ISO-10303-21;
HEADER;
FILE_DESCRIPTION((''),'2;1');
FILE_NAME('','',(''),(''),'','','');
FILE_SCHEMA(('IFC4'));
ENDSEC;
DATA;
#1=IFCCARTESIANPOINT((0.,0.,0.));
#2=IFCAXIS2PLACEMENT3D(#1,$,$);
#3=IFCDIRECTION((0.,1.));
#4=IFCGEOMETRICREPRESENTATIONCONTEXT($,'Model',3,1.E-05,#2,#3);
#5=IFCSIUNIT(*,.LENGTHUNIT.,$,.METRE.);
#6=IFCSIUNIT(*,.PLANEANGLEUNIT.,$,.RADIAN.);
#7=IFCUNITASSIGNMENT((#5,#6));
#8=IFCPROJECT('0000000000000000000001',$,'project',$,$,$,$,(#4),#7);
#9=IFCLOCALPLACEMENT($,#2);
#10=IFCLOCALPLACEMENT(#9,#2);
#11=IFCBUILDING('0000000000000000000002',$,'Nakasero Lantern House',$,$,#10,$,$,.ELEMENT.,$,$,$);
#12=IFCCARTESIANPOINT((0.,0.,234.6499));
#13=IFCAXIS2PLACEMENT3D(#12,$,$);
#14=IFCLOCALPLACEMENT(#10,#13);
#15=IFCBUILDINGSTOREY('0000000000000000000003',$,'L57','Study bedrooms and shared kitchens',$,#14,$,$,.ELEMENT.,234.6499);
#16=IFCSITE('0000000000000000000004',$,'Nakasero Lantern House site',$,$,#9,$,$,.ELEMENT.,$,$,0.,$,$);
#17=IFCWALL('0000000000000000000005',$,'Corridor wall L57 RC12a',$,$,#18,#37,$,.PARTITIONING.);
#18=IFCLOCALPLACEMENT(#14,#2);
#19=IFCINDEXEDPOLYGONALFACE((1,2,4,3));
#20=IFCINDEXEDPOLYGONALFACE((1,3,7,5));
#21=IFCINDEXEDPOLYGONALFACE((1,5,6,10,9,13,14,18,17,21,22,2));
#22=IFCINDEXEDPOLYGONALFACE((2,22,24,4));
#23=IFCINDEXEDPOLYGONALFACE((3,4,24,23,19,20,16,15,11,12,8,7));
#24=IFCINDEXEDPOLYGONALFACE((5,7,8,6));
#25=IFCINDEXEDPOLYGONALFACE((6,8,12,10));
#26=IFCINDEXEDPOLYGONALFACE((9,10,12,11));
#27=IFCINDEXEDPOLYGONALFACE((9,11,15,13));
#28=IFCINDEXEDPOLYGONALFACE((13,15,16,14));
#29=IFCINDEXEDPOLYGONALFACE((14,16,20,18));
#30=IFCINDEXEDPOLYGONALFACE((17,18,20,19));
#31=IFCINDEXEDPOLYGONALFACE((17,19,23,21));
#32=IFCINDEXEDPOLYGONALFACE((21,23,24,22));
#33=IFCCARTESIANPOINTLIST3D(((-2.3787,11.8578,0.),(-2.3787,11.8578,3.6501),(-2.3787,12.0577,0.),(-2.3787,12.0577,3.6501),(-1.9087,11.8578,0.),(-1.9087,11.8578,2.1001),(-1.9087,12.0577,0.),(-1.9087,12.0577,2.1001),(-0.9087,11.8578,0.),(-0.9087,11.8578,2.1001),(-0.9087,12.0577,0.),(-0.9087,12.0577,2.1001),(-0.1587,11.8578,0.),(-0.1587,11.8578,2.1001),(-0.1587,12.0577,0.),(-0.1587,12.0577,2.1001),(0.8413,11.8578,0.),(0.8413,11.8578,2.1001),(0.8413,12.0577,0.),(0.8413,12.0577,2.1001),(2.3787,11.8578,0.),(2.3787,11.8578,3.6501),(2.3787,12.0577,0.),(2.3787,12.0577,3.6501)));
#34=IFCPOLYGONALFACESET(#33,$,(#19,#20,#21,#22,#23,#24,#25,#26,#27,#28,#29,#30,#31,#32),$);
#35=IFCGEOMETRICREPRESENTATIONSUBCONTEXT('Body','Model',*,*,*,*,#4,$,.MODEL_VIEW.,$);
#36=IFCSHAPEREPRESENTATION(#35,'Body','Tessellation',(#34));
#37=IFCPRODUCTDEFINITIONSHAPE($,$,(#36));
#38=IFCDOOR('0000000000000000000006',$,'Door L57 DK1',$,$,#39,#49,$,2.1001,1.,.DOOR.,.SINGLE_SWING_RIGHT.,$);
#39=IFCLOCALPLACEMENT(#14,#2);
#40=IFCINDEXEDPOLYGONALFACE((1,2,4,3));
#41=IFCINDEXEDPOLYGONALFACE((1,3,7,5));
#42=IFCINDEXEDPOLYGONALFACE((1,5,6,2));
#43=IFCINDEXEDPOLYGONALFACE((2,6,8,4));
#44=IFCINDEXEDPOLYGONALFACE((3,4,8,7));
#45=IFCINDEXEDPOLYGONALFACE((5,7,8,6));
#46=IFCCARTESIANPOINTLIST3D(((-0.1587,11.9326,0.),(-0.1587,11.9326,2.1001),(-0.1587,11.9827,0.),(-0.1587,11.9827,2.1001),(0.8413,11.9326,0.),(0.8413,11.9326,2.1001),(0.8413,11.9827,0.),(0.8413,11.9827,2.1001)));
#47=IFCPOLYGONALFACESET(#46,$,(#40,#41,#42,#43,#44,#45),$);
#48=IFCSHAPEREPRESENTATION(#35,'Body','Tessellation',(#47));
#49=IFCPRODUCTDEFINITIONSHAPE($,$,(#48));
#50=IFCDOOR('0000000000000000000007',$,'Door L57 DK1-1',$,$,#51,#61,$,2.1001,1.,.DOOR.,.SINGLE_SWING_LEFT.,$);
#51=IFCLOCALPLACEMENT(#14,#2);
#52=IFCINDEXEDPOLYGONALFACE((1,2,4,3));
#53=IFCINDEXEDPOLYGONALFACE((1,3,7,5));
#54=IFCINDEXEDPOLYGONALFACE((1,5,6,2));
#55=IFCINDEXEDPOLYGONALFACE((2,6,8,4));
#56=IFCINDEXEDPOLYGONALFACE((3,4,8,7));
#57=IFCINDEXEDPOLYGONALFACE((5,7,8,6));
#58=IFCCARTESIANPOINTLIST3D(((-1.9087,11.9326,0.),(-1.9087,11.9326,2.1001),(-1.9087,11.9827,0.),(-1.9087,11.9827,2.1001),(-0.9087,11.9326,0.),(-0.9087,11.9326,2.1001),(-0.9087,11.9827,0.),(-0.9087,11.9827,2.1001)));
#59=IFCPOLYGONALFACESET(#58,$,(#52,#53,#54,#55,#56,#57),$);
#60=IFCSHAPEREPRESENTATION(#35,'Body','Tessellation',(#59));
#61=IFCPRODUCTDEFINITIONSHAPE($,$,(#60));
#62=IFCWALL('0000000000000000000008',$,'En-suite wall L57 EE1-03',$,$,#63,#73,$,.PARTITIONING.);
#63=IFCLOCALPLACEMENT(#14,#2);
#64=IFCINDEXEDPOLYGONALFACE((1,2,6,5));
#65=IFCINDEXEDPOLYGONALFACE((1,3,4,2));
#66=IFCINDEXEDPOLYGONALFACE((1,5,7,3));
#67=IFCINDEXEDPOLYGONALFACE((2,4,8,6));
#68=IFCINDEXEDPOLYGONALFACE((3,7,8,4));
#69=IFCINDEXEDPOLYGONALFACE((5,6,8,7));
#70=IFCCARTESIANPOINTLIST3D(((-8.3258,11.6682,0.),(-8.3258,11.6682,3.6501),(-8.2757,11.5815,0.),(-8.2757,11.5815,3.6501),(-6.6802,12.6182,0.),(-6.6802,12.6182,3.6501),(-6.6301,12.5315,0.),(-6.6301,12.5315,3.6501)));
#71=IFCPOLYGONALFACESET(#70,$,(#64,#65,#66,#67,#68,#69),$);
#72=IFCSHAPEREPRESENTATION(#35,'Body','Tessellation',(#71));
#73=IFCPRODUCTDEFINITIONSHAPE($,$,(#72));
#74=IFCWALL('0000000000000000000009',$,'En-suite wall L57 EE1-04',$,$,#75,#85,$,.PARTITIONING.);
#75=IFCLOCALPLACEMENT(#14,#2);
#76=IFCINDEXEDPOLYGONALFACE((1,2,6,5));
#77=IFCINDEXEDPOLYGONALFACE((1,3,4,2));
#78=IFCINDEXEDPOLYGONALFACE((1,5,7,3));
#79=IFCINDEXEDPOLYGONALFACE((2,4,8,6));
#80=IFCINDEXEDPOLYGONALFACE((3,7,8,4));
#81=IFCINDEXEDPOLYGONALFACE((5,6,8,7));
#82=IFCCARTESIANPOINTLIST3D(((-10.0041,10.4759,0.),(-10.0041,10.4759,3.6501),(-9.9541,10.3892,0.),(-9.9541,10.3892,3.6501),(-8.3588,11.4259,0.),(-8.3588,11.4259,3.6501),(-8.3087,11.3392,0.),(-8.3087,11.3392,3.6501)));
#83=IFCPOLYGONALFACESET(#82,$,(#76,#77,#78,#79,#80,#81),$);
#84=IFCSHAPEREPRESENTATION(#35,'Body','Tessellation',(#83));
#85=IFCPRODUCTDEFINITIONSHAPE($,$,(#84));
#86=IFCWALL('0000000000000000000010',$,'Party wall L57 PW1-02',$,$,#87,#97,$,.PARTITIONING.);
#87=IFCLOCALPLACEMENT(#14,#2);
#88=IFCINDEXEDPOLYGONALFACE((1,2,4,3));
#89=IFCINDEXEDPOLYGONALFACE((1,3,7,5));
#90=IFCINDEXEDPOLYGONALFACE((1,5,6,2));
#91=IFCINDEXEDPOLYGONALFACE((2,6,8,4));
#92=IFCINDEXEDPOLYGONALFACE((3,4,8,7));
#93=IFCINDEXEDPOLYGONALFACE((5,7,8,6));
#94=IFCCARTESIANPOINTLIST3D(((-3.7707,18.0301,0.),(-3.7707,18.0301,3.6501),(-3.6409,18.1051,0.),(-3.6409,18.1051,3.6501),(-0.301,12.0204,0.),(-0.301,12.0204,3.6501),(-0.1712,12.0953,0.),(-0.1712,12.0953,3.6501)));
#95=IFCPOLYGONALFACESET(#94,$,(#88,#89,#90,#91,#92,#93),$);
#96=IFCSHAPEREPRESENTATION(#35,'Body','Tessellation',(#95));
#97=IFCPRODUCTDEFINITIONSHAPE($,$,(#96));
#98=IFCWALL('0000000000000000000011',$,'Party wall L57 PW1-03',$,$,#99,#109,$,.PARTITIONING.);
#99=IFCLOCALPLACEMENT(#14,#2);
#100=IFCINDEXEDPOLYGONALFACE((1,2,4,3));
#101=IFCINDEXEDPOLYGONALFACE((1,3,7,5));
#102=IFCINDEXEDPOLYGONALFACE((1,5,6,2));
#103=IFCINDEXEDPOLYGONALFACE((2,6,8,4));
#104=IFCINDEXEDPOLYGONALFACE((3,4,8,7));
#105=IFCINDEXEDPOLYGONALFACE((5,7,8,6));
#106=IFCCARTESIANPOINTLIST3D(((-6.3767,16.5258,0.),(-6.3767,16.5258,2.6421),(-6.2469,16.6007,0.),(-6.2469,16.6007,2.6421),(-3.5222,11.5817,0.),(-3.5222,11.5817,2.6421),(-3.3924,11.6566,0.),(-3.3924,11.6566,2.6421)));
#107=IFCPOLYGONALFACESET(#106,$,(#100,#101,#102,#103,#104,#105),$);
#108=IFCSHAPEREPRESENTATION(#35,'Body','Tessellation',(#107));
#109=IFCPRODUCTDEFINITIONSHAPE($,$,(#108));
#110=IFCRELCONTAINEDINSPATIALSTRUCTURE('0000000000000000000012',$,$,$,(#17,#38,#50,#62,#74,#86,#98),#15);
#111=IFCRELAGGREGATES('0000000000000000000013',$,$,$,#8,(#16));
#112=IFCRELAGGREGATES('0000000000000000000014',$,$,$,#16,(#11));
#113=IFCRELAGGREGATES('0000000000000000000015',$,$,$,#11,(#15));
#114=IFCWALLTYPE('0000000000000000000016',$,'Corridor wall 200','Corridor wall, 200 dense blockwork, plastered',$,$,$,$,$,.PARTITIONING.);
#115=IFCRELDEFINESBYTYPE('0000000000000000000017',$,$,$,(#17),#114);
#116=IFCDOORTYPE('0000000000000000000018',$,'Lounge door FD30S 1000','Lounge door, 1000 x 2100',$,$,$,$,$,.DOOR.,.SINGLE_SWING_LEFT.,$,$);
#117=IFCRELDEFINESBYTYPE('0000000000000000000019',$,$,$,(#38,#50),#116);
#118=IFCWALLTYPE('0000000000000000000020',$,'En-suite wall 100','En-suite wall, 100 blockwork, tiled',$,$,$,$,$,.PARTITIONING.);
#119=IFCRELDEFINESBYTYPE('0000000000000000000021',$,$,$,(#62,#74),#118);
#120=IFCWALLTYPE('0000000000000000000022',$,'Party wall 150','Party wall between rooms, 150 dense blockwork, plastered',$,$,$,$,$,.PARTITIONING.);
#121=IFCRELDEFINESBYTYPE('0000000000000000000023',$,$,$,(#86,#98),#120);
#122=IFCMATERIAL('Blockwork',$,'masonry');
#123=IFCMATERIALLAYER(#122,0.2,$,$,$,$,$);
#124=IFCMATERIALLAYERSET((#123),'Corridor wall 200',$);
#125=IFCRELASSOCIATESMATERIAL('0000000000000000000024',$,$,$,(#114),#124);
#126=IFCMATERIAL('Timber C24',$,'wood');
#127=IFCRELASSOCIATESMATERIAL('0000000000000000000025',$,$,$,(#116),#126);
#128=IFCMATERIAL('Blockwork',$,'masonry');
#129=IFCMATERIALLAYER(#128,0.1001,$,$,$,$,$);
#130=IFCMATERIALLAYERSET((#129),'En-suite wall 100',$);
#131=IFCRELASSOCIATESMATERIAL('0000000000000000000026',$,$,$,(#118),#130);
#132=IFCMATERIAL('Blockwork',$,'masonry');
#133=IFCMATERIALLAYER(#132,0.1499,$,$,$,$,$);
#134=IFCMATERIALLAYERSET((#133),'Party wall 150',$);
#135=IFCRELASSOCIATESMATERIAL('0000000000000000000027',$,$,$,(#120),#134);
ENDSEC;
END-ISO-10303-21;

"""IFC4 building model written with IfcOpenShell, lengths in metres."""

from ifc_helpers import new_model, si_unit, direction, frame, frame_2d, origin, place, context, subcontext, project, spatial, rectangle, extrude, material, layer, layer_set, type_object, element, fill, save


model = new_model("IFC4")

# Units and contexts
model_context = context("Model", 3, precision=1e-05, world=origin(), true_north=direction((0.0, 1.0)))
body_context = subcontext(model_context, "Body", "Model", "MODEL_VIEW")
ifc_project = project(units=[si_unit("LENGTHUNIT", "METRE"), si_unit("PLANEANGLEUNIT", "RADIAN")], contexts=[model_context])

# Site, building, storey
site_placement = place(None, origin())
site = spatial("IfcSite", under=ifc_project, at=site_placement, Name="Nakasero Lantern House site", CompositionType="ELEMENT", RefElevation=0.0)
building_placement = place(site_placement, origin())
building = spatial("IfcBuilding", under=site, at=building_placement, Name="Nakasero Lantern House", CompositionType="ELEMENT")
storey_placement = place(building_placement, frame((0.0, 0.0, 234.6499)))
storey = spatial("IfcBuildingStorey", under=building, at=storey_placement, Name="L57", Description="Study bedrooms and shared kitchens", CompositionType="ELEMENT", Elevation=234.6499)

# Wall, openings, doors
ifc_material_1 = material(Name="Blockwork", Category="masonry")
ifc_layer_1 = layer(ifc_material_1, 0.2)
ifc_layer_set_1 = layer_set([ifc_layer_1], Name="Corridor wall 200")
wall_type_1 = type_object("IfcWallType", Name="Corridor wall 200", Description="Corridor wall, 200 dense blockwork, plastered", PredefinedType="PARTITIONING", material=ifc_layer_set_1)
wall_1_placement = place(storey_placement, frame((-2.3787, 11.9578, 0.0), z_axis=(0.0, 0.0, 1.0), x_axis=(1.0, 0.0, 0.0)))
wall_1 = element("IfcWall", 1, at=wall_1_placement, inside=storey, type_object=wall_type_1, Name="Corridor wall L57 RC12a", PredefinedType="PARTITIONING", context=body_context, shape_type="SweptSolid", body=[
    extrude(rectangle(XDim=4.7573, YDim=0.2, at=frame_2d((2.3787, 0.0))), origin(), (0.0, 0.0, 1.0), 3.6501),
])
opening_1_placement = place(wall_1_placement, frame((2.22, 0.0, 0.0)))
opening_1 = element("IfcOpeningElement", 2, at=opening_1_placement, cuts=wall_1, PredefinedType="OPENING", context=body_context, shape_type="SweptSolid", body=[
    extrude(rectangle(XDim=1.0, YDim=2.1001, at=frame_2d((0.5, 1.05))), frame((0.0, 0.1199, 0.0), z_axis=(0.0, -1.0, 0.0), x_axis=(1.0, 0.0, 0.0)), (0.0, 0.0, 1.0), 0.24),
])
opening_2_placement = place(wall_1_placement, frame((0.47, 0.0, 0.0)))
opening_2 = element("IfcOpeningElement", 3, at=opening_2_placement, cuts=wall_1, PredefinedType="OPENING", context=body_context, shape_type="SweptSolid", body=[
    extrude(rectangle(XDim=1.0, YDim=2.1001, at=frame_2d((0.5, 1.05))), frame((0.0, 0.1199, 0.0), z_axis=(0.0, -1.0, 0.0), x_axis=(1.0, 0.0, 0.0)), (0.0, 0.0, 1.0), 0.24),
])
ifc_material_2 = material(Name="Timber C24", Category="wood")
door_type = type_object("IfcDoorType", Name="Lounge door FD30S 1000", Description="Lounge door, 1000 x 2100", OperationType="SINGLE_SWING_LEFT", PredefinedType="DOOR", material=ifc_material_2)
door_1_placement = place(opening_1_placement, origin())
door_1 = element("IfcDoor", 4, at=door_1_placement, inside=storey, type_object=door_type, Name="Door L57 DK1", OperationType="SINGLE_SWING_RIGHT", OverallHeight=2.1001, OverallWidth=1.0, PredefinedType="DOOR", context=body_context, shape_type="SweptSolid", body=[
    extrude(rectangle(XDim=1.0, YDim=2.1001, at=frame_2d((0.5, 1.05))), frame((0.0, 0.0249, 0.0), z_axis=(0.0, -1.0, 0.0), x_axis=(1.0, 0.0, 0.0)), (0.0, 0.0, 1.0), 0.05),
])
fill(opening_1, door_1)
door_2_placement = place(opening_2_placement, origin())
door_2 = element("IfcDoor", 5, at=door_2_placement, inside=storey, type_object=door_type, Name="Door L57 DK1-1", OperationType="SINGLE_SWING_LEFT", OverallHeight=2.1001, OverallWidth=1.0, PredefinedType="DOOR", context=body_context, shape_type="SweptSolid", body=[
    extrude(rectangle(XDim=1.0, YDim=2.1001, at=frame_2d((0.5, 1.05))), frame((0.0, 0.0249, 0.0), z_axis=(0.0, -1.0, 0.0), x_axis=(1.0, 0.0, 0.0)), (0.0, 0.0, 1.0), 0.05),
])
fill(opening_2, door_2)

# Walls
ifc_material_3 = material(Name="Blockwork", Category="masonry")
ifc_layer_2 = layer(ifc_material_3, 0.1001)
ifc_layer_set_2 = layer_set([ifc_layer_2], Name="En-suite wall 100")
wall_type_2 = type_object("IfcWallType", Name="En-suite wall 100", Description="En-suite wall, 100 blockwork, tiled", PredefinedType="PARTITIONING", material=ifc_layer_set_2)
wall_2_placement = place(storey_placement, frame((-6.655, 12.575, 0.0), z_axis=(0.0, 0.0, 1.0), x_axis=(-0.866044, -0.499967, 0.0)))
element("IfcWall", 6, at=wall_2_placement, inside=storey, type_object=wall_type_2, Name="En-suite wall L57 EE1-03", PredefinedType="PARTITIONING", context=body_context, shape_type="SweptSolid", body=[
    extrude(rectangle(XDim=1.9001, YDim=0.1001, at=frame_2d((0.9502, 0.0))), origin(), (0.0, 0.0, 1.0), 3.6501),
])
wall_3_placement = place(storey_placement, frame((-8.3337, 11.3826, 0.0), z_axis=(0.0, 0.0, 1.0), x_axis=(-0.866012, -0.500023, 0.0)))
element("IfcWall", 7, at=wall_3_placement, inside=storey, type_object=wall_type_2, Name="En-suite wall L57 EE1-04", PredefinedType="PARTITIONING", context=body_context, shape_type="SweptSolid", body=[
    extrude(rectangle(XDim=1.8999, YDim=0.1001, at=frame_2d((0.95, 0.0))), origin(), (0.0, 0.0, 1.0), 3.6501),
])
ifc_material_4 = material(Name="Blockwork", Category="masonry")
ifc_layer_3 = layer(ifc_material_4, 0.1499)
ifc_layer_set_3 = layer_set([ifc_layer_3], Name="Party wall 150")
wall_type_3 = type_object("IfcWallType", Name="Party wall 150", Description="Party wall between rooms, 150 dense blockwork, plastered", PredefinedType="PARTITIONING", material=ifc_layer_set_3)
wall_4_placement = place(storey_placement, frame((-0.2361, 12.0579, 0.0), z_axis=(0.0, 0.0, 1.0), x_axis=(-0.499999, 0.866026, 0.0)))
element("IfcWall", 8, at=wall_4_placement, inside=storey, type_object=wall_type_3, Name="Party wall L57 PW1-02", PredefinedType="PARTITIONING", context=body_context, shape_type="SweptSolid", body=[
    extrude(rectangle(XDim=6.9395, YDim=0.1499, at=frame_2d((3.4697, 0.0))), origin(), (0.0, 0.0, 1.0), 3.6501),
])
wall_5_placement = place(storey_placement, frame((-3.4573, 11.6191, 0.0), z_axis=(0.0, 0.0, 1.0), x_axis=(-0.500003, 0.866024, 0.0)))
element("IfcWall", 9, at=wall_5_placement, inside=storey, type_object=wall_type_3, Name="Party wall L57 PW1-03", PredefinedType="PARTITIONING", context=body_context, shape_type="SweptSolid", body=[
    extrude(rectangle(XDim=5.709, YDim=0.1499, at=frame_2d((2.8545, 0.0))), origin(), (0.0, 0.0, 1.0), 2.6421),
])

save(model, "model.ifc")
